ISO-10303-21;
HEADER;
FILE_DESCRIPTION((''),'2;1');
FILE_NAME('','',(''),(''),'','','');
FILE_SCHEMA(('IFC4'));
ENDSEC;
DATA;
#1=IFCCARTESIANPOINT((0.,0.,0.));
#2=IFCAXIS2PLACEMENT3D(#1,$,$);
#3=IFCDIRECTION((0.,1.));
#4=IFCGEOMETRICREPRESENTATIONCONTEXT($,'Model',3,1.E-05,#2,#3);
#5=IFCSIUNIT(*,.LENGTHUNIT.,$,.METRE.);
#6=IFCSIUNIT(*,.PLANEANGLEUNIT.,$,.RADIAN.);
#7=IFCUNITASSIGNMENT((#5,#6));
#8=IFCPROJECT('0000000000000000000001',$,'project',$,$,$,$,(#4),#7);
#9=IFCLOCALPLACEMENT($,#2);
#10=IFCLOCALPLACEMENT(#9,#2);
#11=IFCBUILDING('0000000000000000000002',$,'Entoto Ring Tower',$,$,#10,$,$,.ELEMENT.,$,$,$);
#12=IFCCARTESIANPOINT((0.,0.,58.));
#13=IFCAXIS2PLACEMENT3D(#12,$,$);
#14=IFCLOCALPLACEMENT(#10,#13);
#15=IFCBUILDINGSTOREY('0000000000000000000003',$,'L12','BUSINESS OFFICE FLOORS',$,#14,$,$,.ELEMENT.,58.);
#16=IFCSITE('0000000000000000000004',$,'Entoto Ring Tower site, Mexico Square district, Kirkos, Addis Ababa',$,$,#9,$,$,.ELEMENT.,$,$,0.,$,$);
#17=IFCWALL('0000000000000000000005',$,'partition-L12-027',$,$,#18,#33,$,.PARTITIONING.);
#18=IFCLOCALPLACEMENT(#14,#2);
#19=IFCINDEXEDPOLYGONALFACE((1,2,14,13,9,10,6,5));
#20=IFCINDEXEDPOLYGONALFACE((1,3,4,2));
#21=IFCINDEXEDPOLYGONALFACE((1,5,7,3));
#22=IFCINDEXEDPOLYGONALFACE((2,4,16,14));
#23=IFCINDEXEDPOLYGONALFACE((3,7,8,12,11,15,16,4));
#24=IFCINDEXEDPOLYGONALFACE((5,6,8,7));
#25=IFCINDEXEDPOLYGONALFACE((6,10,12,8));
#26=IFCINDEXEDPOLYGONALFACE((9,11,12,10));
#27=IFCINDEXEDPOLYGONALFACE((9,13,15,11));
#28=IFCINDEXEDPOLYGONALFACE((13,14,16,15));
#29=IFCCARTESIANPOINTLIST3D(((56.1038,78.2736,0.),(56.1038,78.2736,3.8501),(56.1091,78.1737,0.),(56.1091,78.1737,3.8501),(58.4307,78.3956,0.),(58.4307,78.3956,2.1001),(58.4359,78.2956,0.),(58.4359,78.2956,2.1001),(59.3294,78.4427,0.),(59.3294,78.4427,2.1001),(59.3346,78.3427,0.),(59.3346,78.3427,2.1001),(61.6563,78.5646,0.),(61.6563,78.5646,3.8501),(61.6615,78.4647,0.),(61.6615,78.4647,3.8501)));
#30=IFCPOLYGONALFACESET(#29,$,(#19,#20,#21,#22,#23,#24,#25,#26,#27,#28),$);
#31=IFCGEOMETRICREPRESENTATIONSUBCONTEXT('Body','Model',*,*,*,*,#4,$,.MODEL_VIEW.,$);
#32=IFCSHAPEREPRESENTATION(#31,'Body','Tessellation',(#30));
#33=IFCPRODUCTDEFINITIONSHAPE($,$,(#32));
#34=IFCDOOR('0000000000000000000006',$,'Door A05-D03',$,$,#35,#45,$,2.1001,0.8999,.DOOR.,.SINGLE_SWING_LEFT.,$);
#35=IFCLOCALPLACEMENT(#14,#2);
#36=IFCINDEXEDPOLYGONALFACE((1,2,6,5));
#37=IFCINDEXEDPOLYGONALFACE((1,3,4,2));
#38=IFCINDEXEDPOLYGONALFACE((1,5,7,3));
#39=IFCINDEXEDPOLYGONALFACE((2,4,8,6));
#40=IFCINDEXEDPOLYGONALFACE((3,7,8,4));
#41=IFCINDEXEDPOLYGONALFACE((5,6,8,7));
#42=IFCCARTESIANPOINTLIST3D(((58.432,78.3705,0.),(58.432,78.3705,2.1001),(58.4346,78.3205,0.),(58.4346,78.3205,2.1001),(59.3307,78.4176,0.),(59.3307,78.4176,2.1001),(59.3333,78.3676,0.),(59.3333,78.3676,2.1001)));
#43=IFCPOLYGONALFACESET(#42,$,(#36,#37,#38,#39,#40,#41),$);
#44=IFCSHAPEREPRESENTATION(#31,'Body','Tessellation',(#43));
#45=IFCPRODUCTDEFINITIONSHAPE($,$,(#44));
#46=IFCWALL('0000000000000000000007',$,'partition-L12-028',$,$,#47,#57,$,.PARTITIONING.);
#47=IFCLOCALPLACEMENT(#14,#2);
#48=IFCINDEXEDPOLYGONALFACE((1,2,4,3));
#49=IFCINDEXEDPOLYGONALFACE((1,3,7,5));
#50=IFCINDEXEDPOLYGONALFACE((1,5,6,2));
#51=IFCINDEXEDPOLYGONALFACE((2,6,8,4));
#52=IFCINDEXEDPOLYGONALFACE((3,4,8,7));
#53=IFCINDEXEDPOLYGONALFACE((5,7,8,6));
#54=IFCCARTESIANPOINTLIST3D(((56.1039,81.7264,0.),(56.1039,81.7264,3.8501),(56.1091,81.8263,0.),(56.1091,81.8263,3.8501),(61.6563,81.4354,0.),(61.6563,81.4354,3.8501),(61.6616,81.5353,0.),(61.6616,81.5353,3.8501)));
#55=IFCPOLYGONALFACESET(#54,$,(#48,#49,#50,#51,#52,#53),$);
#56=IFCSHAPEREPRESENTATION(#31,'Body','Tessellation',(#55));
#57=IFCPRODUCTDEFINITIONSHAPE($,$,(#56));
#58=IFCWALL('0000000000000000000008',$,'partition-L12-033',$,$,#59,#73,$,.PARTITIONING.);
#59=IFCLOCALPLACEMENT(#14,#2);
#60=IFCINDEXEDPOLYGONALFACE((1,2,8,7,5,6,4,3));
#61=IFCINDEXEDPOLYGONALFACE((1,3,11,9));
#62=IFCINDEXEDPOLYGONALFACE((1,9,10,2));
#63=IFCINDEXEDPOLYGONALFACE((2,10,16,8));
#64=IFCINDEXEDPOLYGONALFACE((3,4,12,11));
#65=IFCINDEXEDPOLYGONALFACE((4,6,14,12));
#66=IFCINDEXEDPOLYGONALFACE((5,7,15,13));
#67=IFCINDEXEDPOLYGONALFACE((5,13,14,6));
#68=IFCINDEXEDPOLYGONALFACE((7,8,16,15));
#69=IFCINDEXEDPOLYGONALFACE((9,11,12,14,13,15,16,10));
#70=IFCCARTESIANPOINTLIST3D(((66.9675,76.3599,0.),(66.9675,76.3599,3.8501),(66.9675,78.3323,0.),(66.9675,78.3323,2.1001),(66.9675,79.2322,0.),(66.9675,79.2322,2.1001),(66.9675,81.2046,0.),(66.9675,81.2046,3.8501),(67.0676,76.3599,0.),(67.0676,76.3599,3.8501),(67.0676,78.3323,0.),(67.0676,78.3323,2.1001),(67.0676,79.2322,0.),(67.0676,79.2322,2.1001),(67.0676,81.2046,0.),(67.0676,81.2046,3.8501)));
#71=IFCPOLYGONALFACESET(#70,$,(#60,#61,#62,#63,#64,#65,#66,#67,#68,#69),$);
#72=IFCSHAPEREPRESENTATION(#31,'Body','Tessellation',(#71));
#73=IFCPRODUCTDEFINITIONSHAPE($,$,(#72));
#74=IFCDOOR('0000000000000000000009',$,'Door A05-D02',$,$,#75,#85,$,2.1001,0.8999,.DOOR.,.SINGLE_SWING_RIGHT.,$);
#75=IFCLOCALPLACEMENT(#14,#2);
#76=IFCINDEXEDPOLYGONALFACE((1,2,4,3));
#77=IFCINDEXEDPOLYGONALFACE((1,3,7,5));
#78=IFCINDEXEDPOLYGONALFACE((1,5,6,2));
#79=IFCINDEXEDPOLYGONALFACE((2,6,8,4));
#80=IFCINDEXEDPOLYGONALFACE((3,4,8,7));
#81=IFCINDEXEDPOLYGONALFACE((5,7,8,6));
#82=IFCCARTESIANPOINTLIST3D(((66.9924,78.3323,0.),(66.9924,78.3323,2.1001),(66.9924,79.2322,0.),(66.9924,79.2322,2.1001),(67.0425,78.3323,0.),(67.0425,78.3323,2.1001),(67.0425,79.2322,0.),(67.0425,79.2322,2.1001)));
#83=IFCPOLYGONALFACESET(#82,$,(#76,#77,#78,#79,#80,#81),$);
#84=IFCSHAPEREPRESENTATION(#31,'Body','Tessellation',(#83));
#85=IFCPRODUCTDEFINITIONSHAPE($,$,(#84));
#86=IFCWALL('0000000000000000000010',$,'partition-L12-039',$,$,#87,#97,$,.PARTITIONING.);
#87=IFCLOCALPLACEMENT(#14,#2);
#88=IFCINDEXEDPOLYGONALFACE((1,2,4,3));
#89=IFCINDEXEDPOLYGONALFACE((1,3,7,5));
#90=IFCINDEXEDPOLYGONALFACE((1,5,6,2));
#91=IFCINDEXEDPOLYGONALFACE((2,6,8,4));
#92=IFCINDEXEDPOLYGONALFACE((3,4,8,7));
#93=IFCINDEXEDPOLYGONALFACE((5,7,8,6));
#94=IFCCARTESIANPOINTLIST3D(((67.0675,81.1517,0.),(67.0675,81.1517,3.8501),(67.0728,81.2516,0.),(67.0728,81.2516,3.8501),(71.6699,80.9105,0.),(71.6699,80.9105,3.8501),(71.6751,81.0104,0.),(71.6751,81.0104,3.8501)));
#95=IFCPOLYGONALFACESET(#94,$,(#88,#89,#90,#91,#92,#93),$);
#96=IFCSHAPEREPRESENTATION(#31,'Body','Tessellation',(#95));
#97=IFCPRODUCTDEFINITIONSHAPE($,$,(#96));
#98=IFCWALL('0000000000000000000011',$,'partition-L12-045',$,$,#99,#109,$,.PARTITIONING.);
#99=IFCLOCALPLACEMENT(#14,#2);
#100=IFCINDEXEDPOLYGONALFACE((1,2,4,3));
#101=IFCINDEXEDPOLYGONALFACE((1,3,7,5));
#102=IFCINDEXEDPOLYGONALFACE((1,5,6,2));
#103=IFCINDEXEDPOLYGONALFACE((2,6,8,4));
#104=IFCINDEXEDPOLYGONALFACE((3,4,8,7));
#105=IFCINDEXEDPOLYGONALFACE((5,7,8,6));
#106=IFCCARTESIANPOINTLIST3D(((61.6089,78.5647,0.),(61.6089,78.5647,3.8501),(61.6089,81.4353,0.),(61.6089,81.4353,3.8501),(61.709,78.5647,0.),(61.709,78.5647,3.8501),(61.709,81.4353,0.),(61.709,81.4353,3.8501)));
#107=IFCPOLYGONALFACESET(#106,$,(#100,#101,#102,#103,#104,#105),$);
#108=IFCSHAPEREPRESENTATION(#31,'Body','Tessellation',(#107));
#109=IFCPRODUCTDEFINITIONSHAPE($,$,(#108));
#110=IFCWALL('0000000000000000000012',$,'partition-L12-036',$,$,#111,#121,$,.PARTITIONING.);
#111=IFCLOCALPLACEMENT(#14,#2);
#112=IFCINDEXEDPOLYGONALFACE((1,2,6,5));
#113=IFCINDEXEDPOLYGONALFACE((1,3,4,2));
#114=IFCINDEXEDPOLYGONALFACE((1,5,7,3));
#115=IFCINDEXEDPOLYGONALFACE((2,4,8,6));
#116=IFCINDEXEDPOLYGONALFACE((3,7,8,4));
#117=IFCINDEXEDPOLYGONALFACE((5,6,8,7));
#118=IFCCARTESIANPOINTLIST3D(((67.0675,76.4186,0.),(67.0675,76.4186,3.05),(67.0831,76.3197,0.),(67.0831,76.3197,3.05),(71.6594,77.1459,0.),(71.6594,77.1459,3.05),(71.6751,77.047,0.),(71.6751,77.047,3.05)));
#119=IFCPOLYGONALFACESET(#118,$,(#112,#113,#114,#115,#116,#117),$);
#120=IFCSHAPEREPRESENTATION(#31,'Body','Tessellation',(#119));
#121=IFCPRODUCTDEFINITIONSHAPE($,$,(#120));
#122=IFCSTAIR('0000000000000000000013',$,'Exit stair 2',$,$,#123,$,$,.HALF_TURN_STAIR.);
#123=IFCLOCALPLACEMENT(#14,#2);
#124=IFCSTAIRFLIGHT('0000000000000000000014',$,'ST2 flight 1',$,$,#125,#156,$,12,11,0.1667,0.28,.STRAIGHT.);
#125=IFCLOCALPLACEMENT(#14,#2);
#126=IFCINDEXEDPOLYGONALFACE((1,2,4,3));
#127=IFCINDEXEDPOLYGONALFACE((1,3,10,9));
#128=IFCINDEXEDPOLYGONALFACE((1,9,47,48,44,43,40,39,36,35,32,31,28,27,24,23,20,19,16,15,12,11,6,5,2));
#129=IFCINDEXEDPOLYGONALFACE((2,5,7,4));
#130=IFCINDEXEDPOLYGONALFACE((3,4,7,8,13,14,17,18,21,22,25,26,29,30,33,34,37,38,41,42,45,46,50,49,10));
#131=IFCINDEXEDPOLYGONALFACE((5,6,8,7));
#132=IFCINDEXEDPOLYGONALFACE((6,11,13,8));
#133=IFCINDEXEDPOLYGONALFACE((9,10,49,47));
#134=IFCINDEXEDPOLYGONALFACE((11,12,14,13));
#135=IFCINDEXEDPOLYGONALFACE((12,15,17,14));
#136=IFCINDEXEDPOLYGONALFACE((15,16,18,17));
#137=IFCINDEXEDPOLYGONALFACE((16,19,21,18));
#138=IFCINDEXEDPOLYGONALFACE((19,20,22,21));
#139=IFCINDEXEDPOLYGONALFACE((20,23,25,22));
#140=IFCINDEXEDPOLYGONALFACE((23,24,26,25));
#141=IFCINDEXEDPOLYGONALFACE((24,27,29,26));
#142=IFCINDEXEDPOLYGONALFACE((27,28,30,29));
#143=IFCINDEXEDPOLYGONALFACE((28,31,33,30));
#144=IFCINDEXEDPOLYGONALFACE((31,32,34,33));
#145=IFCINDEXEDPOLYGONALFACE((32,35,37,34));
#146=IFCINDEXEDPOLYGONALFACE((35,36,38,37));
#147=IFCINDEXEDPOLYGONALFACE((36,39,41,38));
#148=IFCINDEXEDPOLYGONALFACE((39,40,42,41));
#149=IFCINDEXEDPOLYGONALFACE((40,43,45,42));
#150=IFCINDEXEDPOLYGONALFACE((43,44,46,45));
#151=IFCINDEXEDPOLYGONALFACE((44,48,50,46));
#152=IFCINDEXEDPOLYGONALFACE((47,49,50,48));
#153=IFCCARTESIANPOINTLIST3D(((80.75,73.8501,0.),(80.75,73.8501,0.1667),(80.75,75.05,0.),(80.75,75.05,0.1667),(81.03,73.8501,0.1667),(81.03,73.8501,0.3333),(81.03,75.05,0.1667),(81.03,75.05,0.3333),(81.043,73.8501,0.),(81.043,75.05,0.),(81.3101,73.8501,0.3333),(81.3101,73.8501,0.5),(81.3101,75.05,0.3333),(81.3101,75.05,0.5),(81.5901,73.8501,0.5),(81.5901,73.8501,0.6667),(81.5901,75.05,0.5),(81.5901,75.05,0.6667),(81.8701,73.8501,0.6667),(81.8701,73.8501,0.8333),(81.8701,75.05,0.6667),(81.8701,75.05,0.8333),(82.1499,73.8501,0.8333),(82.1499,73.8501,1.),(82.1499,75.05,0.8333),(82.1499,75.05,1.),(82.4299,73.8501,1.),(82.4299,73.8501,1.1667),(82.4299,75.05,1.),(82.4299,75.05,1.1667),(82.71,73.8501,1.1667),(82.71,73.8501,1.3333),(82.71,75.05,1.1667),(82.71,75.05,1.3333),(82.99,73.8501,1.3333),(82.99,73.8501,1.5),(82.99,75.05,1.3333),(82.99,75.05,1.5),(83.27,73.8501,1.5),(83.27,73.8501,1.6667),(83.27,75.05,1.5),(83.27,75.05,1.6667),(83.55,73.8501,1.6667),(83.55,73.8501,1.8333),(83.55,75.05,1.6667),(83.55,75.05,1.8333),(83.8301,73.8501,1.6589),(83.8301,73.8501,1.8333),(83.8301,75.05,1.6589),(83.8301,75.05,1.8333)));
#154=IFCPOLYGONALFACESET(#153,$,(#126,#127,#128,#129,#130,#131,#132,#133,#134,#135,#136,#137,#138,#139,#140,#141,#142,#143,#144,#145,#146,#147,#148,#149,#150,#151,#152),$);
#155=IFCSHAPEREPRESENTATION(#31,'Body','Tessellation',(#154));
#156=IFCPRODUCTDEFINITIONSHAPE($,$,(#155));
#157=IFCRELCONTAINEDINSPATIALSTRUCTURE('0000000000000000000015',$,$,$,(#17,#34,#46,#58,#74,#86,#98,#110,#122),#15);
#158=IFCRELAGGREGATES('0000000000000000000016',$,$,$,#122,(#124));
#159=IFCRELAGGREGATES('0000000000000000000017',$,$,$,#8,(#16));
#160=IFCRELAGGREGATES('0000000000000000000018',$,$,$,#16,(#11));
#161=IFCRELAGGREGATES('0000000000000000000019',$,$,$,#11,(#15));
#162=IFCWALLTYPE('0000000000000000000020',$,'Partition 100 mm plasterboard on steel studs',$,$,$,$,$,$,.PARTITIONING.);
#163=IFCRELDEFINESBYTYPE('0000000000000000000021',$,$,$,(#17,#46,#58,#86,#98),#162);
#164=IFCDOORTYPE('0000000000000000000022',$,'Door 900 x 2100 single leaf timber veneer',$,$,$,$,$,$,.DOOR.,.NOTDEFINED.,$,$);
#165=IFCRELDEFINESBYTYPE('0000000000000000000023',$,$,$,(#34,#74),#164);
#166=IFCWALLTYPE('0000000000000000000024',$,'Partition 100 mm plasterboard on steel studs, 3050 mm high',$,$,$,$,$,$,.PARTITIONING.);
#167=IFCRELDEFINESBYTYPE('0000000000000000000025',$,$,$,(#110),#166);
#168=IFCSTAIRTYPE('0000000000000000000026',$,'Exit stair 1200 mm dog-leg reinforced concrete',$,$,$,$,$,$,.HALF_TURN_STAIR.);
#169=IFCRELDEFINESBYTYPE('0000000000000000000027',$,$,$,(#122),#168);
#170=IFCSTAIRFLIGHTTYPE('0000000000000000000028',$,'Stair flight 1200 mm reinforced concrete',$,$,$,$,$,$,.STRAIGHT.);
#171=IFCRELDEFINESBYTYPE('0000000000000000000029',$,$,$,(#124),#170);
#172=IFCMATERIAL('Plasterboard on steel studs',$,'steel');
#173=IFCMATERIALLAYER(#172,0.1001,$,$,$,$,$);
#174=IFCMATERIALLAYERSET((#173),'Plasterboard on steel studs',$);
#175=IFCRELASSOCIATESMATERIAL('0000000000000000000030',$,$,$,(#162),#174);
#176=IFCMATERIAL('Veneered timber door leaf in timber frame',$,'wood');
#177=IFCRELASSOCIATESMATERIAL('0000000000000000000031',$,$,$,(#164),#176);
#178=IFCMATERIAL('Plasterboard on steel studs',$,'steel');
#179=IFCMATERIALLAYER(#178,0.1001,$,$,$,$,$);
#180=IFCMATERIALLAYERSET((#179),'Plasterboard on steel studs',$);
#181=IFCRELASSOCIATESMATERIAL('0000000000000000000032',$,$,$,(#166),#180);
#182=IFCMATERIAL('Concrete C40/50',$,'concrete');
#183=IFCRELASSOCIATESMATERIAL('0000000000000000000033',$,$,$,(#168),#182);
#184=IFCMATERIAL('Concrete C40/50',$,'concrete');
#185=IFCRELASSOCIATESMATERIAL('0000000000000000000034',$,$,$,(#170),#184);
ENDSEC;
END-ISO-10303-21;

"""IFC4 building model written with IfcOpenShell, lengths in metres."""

from ifc_helpers import new_model, si_unit, direction, frame, frame_2d, origin, place, context, subcontext, project, spatial, polyline, rectangle, outline, extrude, material, layer, layer_set, type_object, element, fill, aggregate, save


model = new_model("IFC4")

# Units and contexts
model_context = context("Model", 3, precision=1e-05, world=origin(), true_north=direction((0.0, 1.0)))
body_context = subcontext(model_context, "Body", "Model", "MODEL_VIEW")
ifc_project = project(units=[si_unit("LENGTHUNIT", "METRE"), si_unit("PLANEANGLEUNIT", "RADIAN")], contexts=[model_context])

# Site, building, storey
site_placement = place(None, origin())
site = spatial("IfcSite", under=ifc_project, at=site_placement, Name="Entoto Ring Tower site, Mexico Square district, Kirkos, Addis Ababa", CompositionType="ELEMENT", RefElevation=0.0)
building_placement = place(site_placement, origin())
building = spatial("IfcBuilding", under=site, at=building_placement, Name="Entoto Ring Tower", CompositionType="ELEMENT")
storey_placement = place(building_placement, frame((0.0, 0.0, 58.0)))
storey = spatial("IfcBuildingStorey", under=building, at=storey_placement, Name="L12", Description="BUSINESS OFFICE FLOORS", CompositionType="ELEMENT", Elevation=58.0)

# Wall, opening, door
ifc_material_1 = material(Name="Plasterboard on steel studs", Category="steel")
ifc_layer_1 = layer(ifc_material_1, 0.1001)
ifc_layer_set_1 = layer_set([ifc_layer_1], Name="Plasterboard on steel studs")
wall_type_1 = type_object("IfcWallType", Name="Partition 100 mm plasterboard on steel studs", PredefinedType="PARTITIONING", material=ifc_layer_set_1)
wall_1_placement = place(storey_placement, frame((56.1064, 78.2236, 0.0), z_axis=(0.0, 0.0, 1.0), x_axis=(0.998629, 0.05234, 0.0)))
wall_1 = element("IfcWall", 1, at=wall_1_placement, inside=storey, type_object=wall_type_1, Name="partition-L12-027", PredefinedType="PARTITIONING", context=body_context, shape_type="SweptSolid", body=[
    extrude(rectangle(XDim=5.5601, YDim=0.1001, at=frame_2d((2.78, 0.0))), origin(), (0.0, 0.0, 1.0), 3.8501),
])
opening_1_placement = place(wall_1_placement, frame((2.3301, 0.0, 0.0)))
opening_1 = element("IfcOpeningElement", 2, at=opening_1_placement, cuts=wall_1, PredefinedType="OPENING", context=body_context, shape_type="SweptSolid", body=[
    extrude(rectangle(XDim=0.8999, YDim=2.1001, at=frame_2d((0.45, 1.05))), frame((0.0, 0.0601, 0.0), z_axis=(0.0, -1.0, 0.0), x_axis=(1.0, 0.0, 0.0)), (0.0, 0.0, 1.0), 0.1201),
])
ifc_material_2 = material(Name="Veneered timber door leaf in timber frame", Category="wood")
door_type_1 = type_object("IfcDoorType", Name="Door 900 x 2100 single leaf timber veneer", OperationType="NOTDEFINED", PredefinedType="DOOR", material=ifc_material_2)
door_1_placement = place(opening_1_placement, origin())
door_1 = element("IfcDoor", 3, at=door_1_placement, inside=storey, type_object=door_type_1, Name="Door A05-D03", OperationType="SINGLE_SWING_LEFT", OverallHeight=2.1001, OverallWidth=0.8999, PredefinedType="DOOR", context=body_context, shape_type="SweptSolid", body=[
    extrude(rectangle(XDim=0.8999, YDim=2.1001, at=frame_2d((0.45, 1.05))), frame((0.0, 0.0249, 0.0), z_axis=(0.0, -1.0, 0.0), x_axis=(1.0, 0.0, 0.0)), (0.0, 0.0, 1.0), 0.05),
])
fill(opening_1, door_1)

# Wall
wall_2_placement = place(storey_placement, frame((61.6589, 81.4854, 0.0), z_axis=(0.0, 0.0, 1.0), x_axis=(-0.998629, 0.05234, 0.0)))
element("IfcWall", 4, at=wall_2_placement, inside=storey, type_object=wall_type_1, Name="partition-L12-028", PredefinedType="PARTITIONING", context=body_context, shape_type="SweptSolid", body=[
    extrude(rectangle(XDim=5.5601, YDim=0.1001, at=frame_2d((2.78, 0.0))), origin(), (0.0, 0.0, 1.0), 3.8501),
])

# Wall, opening, door
wall_3_placement = place(storey_placement, frame((67.0176, 76.3599, 0.0), z_axis=(0.0, 0.0, 1.0), x_axis=(0.0, 1.0, 0.0)))
wall_3 = element("IfcWall", 5, at=wall_3_placement, inside=storey, type_object=wall_type_1, Name="partition-L12-033", PredefinedType="PARTITIONING", context=body_context, shape_type="SweptSolid", body=[
    extrude(rectangle(XDim=4.8447, YDim=0.1001, at=frame_2d((2.4224, 0.0))), origin(), (0.0, 0.0, 1.0), 3.8501),
])
opening_2_placement = place(wall_3_placement, frame((1.9724, 0.0, 0.0)))
opening_2 = element("IfcOpeningElement", 6, at=opening_2_placement, cuts=wall_3, PredefinedType="OPENING", context=body_context, shape_type="SweptSolid", body=[
    extrude(rectangle(XDim=0.8999, YDim=2.1001, at=frame_2d((0.45, 1.05))), frame((0.0, 0.0601, 0.0), z_axis=(0.0, -1.0, 0.0), x_axis=(1.0, 0.0, 0.0)), (0.0, 0.0, 1.0), 0.1201),
])
door_2_placement = place(opening_2_placement, frame((0.8999, 0.0, 0.0), z_axis=(0.0, 0.0, 1.0), x_axis=(-1.0, 0.0, 0.0)))
door_2 = element("IfcDoor", 7, at=door_2_placement, inside=storey, type_object=door_type_1, Name="Door A05-D02", OperationType="SINGLE_SWING_RIGHT", OverallHeight=2.1001, OverallWidth=0.8999, PredefinedType="DOOR", context=body_context, shape_type="SweptSolid", body=[
    extrude(rectangle(XDim=0.8999, YDim=2.1001, at=frame_2d((0.45, 1.05))), frame((0.0, 0.0249, 0.0), z_axis=(0.0, -1.0, 0.0), x_axis=(1.0, 0.0, 0.0)), (0.0, 0.0, 1.0), 0.05),
])
fill(opening_2, door_2)

# Walls
wall_4_placement = place(storey_placement, frame((71.6724, 80.9604, 0.0), z_axis=(0.0, 0.0, 1.0), x_axis=(-0.998629, 0.052339, 0.0)))
element("IfcWall", 8, at=wall_4_placement, inside=storey, type_object=wall_type_1, Name="partition-L12-039", PredefinedType="PARTITIONING", context=body_context, shape_type="SweptSolid", body=[
    extrude(rectangle(XDim=4.6086, YDim=0.1001, at=frame_2d((2.3042, 0.0))), origin(), (0.0, 0.0, 1.0), 3.8501),
])
wall_5_placement = place(storey_placement, frame((61.6589, 78.5647, 0.0), z_axis=(0.0, 0.0, 1.0), x_axis=(0.0, 1.0, 0.0)))
element("IfcWall", 9, at=wall_5_placement, inside=storey, type_object=wall_type_1, Name="partition-L12-045", PredefinedType="PARTITIONING", context=body_context, shape_type="SweptSolid", body=[
    extrude(rectangle(XDim=2.8706, YDim=0.1001, at=frame_2d((1.4353, 0.0))), origin(), (0.0, 0.0, 1.0), 3.8501),
])
ifc_material_3 = material(Name="Plasterboard on steel studs", Category="steel")
ifc_layer_2 = layer(ifc_material_3, 0.1001)
ifc_layer_set_2 = layer_set([ifc_layer_2], Name="Plasterboard on steel studs")
wall_type_2 = type_object("IfcWallType", Name="Partition 100 mm plasterboard on steel studs, 3050 mm high", PredefinedType="PARTITIONING", material=ifc_layer_set_2)
wall_6_placement = place(storey_placement, frame((67.0752, 76.3691, 0.0), z_axis=(0.0, 0.0, 1.0), x_axis=(0.987689, 0.156432, 0.0)))
element("IfcWall", 10, at=wall_6_placement, inside=storey, type_object=wall_type_2, Name="partition-L12-036", PredefinedType="PARTITIONING", context=body_context, shape_type="SweptSolid", body=[
    extrude(rectangle(XDim=4.6492, YDim=0.1001, at=frame_2d((2.3247, 0.0))), origin(), (0.0, 0.0, 1.0), 3.05),
])

# Stair, stair flight
ifc_material_4 = material(Name="Concrete C40/50", Category="concrete")
stair_type = type_object("IfcStairType", Name="Exit stair 1200 mm dog-leg reinforced concrete", PredefinedType="HALF_TURN_STAIR", material=ifc_material_4)
stair_placement = place(storey_placement, origin())
stair = element("IfcStair", 11, at=stair_placement, inside=storey, type_object=stair_type, Name="Exit stair 2", PredefinedType="HALF_TURN_STAIR")
ifc_material_5 = material(Name="Concrete C40/50", Category="concrete")
stair_flight_type = type_object("IfcStairFlightType", Name="Stair flight 1200 mm reinforced concrete", PredefinedType="STRAIGHT", material=ifc_material_5)
stair_flight_placement = place(storey_placement, frame((80.75, 74.45, 0.0), z_axis=(0.0, 0.0, 1.0), x_axis=(1.0, 0.0, 0.0)))
stair_flight = element("IfcStairFlight", 12, at=stair_flight_placement, type_object=stair_flight_type, Name="ST2 flight 1", NumberOfRisers=12, NumberOfTreads=11, PredefinedType="STRAIGHT", RiserHeight=0.1667, TreadLength=0.28, context=body_context, shape_type="SweptSolid", body=[
    extrude(outline(polyline([(0.0, 0.0), (0.0, 0.1667), (0.28, 0.1667), (0.28, 0.3333), (0.5601, 0.3333), (0.5601, 0.5), (0.8401, 0.5), (0.8401, 0.6667), (1.1201, 0.6667), (1.1201, 0.8333), (1.3999, 0.8333), (1.3999, 1.0), (1.6799, 1.0), (1.6799, 1.1667), (1.96, 1.1667), (1.96, 1.3333), (2.24, 1.3333), (2.24, 1.5), (2.52, 1.5), (2.52, 1.6667), (2.8, 1.6667), (2.8, 1.8333), (3.0801, 1.8333), (3.0801, 2.0), (3.0801, 1.6589), (0.293, 0.0), (0.0, 0.0)])), frame((0.0, 0.6001, 0.0), z_axis=(0.0, -1.0, 0.0), x_axis=(1.0, 0.0, 0.0)), (0.0, 0.0, 1.0), 1.2),
])
aggregate(stair, [stair_flight])

save(model, "model.ifc")
